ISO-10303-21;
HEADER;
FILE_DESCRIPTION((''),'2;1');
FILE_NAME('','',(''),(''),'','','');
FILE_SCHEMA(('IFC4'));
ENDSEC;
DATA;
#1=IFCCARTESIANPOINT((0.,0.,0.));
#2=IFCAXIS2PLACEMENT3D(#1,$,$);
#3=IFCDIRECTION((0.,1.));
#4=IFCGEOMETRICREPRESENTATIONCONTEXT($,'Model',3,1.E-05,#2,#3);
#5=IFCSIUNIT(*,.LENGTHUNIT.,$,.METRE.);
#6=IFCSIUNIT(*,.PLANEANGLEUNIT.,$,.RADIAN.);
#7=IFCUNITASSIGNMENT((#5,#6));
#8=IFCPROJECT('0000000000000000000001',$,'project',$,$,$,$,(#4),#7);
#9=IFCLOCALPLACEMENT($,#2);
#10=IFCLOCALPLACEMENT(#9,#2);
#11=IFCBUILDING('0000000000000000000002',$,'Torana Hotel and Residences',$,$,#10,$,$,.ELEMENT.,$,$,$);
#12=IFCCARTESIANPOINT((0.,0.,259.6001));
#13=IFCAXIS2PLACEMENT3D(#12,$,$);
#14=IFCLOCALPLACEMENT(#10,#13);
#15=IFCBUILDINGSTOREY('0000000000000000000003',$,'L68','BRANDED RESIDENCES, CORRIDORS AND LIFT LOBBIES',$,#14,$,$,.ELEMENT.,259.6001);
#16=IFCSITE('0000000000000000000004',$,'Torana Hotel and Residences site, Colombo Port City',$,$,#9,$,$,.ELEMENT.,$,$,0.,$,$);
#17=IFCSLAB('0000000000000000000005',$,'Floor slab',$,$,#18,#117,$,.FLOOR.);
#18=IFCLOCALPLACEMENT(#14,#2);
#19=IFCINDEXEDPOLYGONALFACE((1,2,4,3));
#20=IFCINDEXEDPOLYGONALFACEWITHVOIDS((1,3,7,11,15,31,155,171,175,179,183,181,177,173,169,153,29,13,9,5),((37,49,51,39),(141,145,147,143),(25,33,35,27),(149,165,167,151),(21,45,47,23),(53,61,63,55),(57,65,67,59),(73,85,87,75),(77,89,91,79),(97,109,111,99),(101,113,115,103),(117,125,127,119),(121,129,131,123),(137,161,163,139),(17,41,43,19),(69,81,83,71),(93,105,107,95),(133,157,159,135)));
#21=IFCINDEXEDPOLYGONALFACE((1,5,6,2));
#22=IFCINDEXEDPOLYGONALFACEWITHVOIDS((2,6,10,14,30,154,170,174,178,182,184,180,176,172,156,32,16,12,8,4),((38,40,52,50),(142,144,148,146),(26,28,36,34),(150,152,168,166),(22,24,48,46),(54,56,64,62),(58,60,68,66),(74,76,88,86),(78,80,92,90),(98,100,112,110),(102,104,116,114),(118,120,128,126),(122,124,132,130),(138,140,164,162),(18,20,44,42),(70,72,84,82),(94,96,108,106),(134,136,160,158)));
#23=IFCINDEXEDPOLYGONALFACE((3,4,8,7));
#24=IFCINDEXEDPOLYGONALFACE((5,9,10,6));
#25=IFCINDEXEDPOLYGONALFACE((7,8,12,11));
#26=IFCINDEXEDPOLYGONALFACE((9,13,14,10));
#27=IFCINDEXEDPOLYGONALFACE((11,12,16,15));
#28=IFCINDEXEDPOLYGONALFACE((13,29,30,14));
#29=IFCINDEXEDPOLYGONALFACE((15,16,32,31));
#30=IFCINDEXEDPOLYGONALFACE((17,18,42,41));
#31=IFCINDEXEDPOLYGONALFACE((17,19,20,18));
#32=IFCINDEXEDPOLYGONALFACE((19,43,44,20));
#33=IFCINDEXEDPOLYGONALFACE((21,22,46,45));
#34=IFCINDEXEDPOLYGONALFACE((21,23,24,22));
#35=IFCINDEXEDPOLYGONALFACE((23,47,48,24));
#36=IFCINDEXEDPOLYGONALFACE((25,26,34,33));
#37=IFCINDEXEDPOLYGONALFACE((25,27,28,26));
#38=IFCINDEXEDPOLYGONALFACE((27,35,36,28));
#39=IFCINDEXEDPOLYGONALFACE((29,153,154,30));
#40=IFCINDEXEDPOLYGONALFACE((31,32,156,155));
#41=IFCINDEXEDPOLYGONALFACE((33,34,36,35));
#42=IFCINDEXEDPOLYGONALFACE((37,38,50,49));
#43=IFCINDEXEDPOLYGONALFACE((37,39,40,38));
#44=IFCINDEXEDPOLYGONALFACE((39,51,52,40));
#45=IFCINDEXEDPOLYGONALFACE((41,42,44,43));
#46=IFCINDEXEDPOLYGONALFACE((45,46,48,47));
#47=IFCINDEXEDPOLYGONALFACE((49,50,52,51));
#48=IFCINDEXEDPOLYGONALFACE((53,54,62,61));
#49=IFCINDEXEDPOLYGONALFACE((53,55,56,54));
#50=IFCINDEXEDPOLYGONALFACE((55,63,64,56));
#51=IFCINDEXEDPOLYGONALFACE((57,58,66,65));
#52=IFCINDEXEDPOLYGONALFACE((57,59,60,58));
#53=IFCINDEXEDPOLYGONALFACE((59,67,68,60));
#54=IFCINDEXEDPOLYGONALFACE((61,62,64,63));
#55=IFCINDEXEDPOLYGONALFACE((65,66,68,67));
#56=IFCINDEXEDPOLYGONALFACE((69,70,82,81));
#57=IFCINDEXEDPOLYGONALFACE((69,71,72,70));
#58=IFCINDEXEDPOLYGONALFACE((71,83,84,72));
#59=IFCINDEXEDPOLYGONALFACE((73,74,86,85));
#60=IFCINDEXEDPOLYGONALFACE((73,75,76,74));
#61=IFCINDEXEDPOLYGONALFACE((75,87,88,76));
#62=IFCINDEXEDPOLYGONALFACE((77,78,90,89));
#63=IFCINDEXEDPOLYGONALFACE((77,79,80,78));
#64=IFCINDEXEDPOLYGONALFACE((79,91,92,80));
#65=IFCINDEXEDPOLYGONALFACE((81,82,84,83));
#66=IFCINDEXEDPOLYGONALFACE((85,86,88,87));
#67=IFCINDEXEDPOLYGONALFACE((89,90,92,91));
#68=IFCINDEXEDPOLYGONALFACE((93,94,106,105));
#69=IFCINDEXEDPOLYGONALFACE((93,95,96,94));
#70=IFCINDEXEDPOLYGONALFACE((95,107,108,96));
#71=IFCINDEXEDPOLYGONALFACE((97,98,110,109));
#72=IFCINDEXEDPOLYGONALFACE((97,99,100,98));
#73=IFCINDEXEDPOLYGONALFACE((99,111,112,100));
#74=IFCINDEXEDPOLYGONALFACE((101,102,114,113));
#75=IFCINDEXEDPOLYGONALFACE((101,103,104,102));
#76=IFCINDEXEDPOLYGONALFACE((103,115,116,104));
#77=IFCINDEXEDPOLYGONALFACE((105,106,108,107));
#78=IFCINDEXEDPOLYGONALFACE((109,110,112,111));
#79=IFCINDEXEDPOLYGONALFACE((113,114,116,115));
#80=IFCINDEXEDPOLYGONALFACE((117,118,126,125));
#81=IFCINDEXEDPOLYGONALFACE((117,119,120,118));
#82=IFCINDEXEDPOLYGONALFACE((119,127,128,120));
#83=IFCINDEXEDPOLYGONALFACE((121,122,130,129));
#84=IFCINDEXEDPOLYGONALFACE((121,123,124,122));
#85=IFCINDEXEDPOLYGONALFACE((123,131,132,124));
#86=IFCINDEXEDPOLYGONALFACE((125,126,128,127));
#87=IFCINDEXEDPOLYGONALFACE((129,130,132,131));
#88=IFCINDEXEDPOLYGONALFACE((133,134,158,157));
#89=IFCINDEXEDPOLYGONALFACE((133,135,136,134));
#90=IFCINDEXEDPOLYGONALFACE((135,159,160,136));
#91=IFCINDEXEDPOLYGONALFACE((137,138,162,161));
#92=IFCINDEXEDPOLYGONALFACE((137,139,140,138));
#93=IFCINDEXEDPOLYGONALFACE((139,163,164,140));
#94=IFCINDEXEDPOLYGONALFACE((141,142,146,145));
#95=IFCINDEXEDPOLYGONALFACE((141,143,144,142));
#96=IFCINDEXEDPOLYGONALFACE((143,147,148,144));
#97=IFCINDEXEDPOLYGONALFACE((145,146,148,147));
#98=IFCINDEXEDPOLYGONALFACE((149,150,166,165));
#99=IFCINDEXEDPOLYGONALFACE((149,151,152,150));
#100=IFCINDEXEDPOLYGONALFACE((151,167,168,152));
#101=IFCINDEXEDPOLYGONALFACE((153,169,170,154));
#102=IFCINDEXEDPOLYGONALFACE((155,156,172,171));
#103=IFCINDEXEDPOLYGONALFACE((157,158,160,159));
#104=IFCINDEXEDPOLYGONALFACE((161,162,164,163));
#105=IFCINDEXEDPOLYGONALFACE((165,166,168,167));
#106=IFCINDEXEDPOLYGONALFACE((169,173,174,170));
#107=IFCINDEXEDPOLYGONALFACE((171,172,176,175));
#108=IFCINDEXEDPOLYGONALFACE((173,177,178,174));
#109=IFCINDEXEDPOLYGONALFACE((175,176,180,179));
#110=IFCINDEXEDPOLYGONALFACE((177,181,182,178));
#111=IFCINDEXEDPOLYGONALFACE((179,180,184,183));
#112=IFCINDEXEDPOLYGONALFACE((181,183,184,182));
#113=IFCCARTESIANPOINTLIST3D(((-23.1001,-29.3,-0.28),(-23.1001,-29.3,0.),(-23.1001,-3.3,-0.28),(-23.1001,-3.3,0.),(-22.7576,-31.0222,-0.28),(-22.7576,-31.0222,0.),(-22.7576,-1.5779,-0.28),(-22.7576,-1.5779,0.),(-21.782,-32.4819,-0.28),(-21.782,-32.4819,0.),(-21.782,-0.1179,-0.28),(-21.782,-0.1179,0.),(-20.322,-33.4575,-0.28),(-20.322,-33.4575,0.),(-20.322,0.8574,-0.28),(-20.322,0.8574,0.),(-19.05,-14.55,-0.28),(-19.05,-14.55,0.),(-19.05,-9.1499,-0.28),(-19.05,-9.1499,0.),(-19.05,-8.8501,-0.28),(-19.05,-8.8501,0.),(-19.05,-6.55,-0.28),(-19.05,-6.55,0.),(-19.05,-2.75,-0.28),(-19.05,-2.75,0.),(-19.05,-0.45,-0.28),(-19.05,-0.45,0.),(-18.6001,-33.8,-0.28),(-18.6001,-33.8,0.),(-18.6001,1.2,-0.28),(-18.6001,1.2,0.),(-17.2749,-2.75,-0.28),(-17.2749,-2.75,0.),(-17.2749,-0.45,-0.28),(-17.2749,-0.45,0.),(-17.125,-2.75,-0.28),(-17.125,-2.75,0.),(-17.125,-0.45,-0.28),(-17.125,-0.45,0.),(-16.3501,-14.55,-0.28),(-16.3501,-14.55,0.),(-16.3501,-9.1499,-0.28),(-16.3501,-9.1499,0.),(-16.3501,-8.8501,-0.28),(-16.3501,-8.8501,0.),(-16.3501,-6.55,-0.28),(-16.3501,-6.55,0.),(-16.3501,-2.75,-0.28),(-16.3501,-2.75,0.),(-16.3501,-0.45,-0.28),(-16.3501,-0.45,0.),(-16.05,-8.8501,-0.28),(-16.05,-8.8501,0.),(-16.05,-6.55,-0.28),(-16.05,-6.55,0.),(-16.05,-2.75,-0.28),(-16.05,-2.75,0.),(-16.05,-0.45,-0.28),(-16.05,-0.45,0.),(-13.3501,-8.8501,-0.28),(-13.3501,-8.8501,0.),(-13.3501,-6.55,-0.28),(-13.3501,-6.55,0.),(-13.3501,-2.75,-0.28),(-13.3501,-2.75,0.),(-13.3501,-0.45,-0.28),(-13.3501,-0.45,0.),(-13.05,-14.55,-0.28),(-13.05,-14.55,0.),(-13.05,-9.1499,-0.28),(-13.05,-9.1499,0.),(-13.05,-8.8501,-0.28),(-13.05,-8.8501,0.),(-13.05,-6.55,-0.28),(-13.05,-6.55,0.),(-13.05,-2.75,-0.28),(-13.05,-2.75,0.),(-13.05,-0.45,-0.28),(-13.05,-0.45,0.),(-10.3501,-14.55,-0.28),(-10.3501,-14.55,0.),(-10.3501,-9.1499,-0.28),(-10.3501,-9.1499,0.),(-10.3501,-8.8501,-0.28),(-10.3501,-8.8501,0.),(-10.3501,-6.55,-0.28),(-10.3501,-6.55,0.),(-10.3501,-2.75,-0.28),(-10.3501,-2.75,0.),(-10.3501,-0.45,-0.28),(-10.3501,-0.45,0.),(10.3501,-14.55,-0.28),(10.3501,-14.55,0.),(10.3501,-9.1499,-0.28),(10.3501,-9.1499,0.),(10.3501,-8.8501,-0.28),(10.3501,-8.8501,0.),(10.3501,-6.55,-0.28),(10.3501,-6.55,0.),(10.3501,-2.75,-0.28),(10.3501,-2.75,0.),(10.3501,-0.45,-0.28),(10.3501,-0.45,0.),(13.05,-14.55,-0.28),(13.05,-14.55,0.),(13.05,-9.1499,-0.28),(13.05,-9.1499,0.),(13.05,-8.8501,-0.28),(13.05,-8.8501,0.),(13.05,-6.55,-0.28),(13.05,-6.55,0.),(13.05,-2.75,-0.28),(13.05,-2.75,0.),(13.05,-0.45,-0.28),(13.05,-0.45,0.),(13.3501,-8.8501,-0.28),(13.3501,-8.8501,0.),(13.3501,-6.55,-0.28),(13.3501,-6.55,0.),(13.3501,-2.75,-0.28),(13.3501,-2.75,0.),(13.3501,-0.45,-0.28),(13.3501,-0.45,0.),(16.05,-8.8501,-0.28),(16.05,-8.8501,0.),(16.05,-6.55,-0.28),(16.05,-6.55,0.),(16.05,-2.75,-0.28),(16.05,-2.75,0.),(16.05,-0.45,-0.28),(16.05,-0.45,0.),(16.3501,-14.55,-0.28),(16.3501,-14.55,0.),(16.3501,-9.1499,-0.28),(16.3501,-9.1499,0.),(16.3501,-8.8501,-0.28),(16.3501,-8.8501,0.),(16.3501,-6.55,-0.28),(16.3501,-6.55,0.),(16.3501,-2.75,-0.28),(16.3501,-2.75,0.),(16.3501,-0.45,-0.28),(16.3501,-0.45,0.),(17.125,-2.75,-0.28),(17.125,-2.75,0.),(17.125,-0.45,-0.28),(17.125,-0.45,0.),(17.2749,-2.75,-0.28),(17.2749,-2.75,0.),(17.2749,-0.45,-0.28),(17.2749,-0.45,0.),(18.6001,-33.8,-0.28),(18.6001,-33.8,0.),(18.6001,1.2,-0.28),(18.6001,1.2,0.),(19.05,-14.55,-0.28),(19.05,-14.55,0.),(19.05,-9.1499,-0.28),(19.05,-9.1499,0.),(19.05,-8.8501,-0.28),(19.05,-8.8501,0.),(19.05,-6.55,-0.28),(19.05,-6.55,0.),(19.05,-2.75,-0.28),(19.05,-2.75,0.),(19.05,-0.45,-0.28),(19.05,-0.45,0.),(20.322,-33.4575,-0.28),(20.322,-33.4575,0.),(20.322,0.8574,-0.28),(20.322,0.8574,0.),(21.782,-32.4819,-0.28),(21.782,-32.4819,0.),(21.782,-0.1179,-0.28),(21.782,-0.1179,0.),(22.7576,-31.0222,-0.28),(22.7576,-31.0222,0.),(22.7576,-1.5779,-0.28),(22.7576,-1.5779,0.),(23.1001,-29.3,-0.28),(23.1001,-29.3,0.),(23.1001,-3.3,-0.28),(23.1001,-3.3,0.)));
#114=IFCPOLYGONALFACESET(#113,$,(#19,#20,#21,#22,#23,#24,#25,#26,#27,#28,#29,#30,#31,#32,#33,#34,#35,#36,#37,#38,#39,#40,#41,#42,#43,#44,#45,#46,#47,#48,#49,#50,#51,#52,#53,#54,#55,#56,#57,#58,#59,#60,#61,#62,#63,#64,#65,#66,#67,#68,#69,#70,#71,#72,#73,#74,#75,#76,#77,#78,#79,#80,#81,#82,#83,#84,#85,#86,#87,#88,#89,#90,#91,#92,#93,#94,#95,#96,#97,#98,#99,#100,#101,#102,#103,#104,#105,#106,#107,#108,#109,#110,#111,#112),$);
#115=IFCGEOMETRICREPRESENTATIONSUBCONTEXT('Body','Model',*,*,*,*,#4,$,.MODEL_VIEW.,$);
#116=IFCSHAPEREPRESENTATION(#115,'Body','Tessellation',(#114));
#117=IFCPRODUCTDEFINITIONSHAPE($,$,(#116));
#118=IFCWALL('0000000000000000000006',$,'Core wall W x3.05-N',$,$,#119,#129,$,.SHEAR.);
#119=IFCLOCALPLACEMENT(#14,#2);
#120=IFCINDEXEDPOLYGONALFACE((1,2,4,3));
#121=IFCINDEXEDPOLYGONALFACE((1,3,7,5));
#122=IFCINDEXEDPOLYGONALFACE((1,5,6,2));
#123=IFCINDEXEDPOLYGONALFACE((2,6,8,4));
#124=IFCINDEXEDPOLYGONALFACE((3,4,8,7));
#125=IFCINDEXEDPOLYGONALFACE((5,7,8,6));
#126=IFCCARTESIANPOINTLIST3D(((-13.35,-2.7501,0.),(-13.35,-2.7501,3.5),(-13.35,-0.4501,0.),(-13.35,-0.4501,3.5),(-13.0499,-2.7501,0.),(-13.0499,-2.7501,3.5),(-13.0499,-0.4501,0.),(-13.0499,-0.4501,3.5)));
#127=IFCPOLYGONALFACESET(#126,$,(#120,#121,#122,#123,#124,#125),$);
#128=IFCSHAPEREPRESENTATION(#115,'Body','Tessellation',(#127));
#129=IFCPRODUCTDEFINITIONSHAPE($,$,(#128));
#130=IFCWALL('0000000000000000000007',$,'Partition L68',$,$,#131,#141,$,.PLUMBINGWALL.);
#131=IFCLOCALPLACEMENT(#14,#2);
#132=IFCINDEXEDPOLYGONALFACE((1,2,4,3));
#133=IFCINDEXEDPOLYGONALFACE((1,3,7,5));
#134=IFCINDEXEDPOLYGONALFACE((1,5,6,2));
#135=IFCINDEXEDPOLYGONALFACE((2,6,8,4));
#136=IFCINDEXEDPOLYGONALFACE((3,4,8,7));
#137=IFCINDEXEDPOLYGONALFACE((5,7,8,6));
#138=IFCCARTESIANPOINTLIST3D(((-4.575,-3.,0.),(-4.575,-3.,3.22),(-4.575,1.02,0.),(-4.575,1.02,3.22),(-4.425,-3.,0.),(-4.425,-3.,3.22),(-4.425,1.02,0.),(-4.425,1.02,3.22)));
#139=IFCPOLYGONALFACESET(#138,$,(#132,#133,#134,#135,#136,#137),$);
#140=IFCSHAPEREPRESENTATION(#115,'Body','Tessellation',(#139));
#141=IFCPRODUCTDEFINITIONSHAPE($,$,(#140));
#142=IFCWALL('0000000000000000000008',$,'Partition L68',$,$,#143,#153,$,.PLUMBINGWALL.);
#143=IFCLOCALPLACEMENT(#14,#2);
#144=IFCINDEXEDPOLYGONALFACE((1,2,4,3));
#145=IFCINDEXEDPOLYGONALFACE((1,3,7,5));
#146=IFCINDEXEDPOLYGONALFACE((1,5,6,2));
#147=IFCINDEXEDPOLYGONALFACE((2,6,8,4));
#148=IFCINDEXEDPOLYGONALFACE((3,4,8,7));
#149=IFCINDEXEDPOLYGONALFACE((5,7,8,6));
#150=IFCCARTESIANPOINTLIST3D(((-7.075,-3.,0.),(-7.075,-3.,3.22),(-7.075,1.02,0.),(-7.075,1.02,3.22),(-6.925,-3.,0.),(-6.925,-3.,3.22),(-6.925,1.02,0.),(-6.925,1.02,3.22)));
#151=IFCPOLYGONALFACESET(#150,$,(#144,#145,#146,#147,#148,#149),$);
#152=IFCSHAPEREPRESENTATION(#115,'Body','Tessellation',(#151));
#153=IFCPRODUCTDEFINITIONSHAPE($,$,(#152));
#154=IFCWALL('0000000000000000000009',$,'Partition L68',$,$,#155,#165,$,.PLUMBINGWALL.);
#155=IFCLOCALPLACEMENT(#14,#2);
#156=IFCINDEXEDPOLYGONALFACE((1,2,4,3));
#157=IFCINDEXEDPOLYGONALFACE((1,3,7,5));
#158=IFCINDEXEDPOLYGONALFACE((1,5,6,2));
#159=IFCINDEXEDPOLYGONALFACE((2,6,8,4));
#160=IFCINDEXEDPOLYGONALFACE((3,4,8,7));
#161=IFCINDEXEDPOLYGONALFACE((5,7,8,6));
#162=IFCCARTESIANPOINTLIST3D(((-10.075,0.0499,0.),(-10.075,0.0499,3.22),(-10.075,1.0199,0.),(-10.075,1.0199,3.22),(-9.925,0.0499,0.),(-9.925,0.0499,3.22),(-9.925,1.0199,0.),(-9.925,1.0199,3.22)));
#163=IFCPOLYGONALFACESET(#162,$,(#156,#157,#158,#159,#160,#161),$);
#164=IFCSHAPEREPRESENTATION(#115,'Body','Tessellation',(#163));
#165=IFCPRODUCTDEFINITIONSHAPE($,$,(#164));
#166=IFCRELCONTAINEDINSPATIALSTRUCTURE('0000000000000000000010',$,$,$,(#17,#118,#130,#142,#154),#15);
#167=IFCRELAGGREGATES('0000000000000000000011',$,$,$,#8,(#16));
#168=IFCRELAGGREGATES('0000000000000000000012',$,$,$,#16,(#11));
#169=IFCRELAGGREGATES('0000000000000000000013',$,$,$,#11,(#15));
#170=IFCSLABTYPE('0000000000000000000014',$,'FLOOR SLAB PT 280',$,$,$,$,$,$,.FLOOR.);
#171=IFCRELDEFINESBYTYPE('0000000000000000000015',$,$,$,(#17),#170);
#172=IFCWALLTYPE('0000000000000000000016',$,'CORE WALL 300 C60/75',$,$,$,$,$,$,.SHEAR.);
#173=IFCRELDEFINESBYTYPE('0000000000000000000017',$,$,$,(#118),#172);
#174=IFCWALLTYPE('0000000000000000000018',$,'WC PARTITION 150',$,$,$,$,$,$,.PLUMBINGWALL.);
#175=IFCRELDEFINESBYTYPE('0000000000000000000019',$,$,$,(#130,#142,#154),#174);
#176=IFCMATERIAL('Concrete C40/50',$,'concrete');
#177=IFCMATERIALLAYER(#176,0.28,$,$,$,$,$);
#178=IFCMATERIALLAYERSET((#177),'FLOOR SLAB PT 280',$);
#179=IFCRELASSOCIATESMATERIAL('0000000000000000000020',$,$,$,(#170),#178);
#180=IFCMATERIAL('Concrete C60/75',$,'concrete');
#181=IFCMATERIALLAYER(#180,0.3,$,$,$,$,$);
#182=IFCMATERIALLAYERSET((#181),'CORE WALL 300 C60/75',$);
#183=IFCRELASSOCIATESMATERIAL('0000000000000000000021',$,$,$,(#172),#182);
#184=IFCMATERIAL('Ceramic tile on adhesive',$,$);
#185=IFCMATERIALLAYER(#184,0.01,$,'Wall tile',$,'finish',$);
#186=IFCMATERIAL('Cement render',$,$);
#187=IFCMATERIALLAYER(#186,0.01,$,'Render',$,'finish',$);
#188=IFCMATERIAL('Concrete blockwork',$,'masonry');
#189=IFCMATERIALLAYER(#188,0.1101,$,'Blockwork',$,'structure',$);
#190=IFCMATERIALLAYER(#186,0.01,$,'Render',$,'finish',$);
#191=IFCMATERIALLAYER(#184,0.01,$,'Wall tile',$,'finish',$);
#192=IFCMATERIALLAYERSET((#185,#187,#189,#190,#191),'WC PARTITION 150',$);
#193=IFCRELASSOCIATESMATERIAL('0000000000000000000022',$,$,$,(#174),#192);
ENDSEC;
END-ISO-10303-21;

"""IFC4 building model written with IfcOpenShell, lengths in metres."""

from ifc_helpers import new_model, si_unit, direction, frame, frame_2d, origin, place, context, subcontext, project, spatial, polyline, rectangle, outline, extrude, material, layer, layer_set, type_object, element, save


model = new_model("IFC4")

# Units and contexts
model_context = context("Model", 3, precision=1e-05, world=origin(), true_north=direction((0.0, 1.0)))
body_context = subcontext(model_context, "Body", "Model", "MODEL_VIEW")
ifc_project = project(units=[si_unit("LENGTHUNIT", "METRE"), si_unit("PLANEANGLEUNIT", "RADIAN")], contexts=[model_context])

# Site, building, storey
site_placement = place(None, origin())
site = spatial("IfcSite", under=ifc_project, at=site_placement, Name="Torana Hotel and Residences site, Colombo Port City", CompositionType="ELEMENT", RefElevation=0.0)
building_placement = place(site_placement, origin())
building = spatial("IfcBuilding", under=site, at=building_placement, Name="Torana Hotel and Residences", CompositionType="ELEMENT")
storey_placement = place(building_placement, frame((0.0, 0.0, 259.6001)))
storey = spatial("IfcBuildingStorey", under=building, at=storey_placement, Name="L68", Description="BRANDED RESIDENCES, CORRIDORS AND LIFT LOBBIES", CompositionType="ELEMENT", Elevation=259.6001)

# Slab
ifc_material_1 = material(Name="Concrete C40/50", Category="concrete")
ifc_layer_1 = layer(ifc_material_1, 0.28)
ifc_layer_set_1 = layer_set([ifc_layer_1], Name="FLOOR SLAB PT 280")
slab_type_1 = type_object("IfcSlabType", Name="FLOOR SLAB PT 280", PredefinedType="FLOOR", material=ifc_layer_set_1)
slab_1_placement = place(storey_placement, frame((0.0, 0.0, -0.28)))
element("IfcSlab", 1, at=slab_1_placement, inside=storey, type_object=slab_type_1, Name="Floor slab", PredefinedType="FLOOR", context=body_context, shape_type="SweptSolid", body=[
    extrude(outline(polyline([(23.1001, -3.3), (22.7576, -1.5779), (21.782, -0.1179), (20.322, 0.8574), (18.6001, 1.2), (-18.6001, 1.2), (-20.322, 0.8574), (-21.782, -0.1179), (-22.7576, -1.5779), (-23.1001, -3.3), (-23.1001, -29.3), (-22.7576, -31.0222), (-21.782, -32.4819), (-20.322, -33.4575), (-18.6001, -33.8), (18.6001, -33.8), (20.322, -33.4575), (21.782, -32.4819), (22.7576, -31.0222), (23.1001, -29.3), (23.1001, -3.3)]), holes=[polyline([(-13.05, -14.55), (-10.3501, -14.55), (-10.3501, -9.1499), (-13.05, -9.1499), (-13.05, -14.55)]), polyline([(-19.05, -14.55), (-16.3501, -14.55), (-16.3501, -9.1499), (-19.05, -9.1499), (-19.05, -14.55)]), polyline([(-17.125, -2.75), (-16.3501, -2.75), (-16.3501, -0.45), (-17.125, -0.45), (-17.125, -2.75)]), polyline([(-19.05, -2.75), (-17.2749, -2.75), (-17.2749, -0.45), (-19.05, -0.45), (-19.05, -2.75)]), polyline([(-13.05, -2.75), (-10.3501, -2.75), (-10.3501, -0.45), (-13.05, -0.45), (-13.05, -2.75)]), polyline([(-16.05, -2.75), (-13.3501, -2.75), (-13.3501, -0.45), (-16.05, -0.45), (-16.05, -2.75)]), polyline([(-13.05, -8.8501), (-10.3501, -8.8501), (-10.3501, -6.55), (-13.05, -6.55), (-13.05, -8.8501)]), polyline([(-16.05, -8.8501), (-13.3501, -8.8501), (-13.3501, -6.55), (-16.05, -6.55), (-16.05, -8.8501)]), polyline([(-19.05, -8.8501), (-16.3501, -8.8501), (-16.3501, -6.55), (-19.05, -6.55), (-19.05, -8.8501)]), polyline([(10.3501, -14.55), (13.05, -14.55), (13.05, -9.1499), (10.3501, -9.1499), (10.3501, -14.55)]), polyline([(16.3501, -14.55), (19.05, -14.55), (19.05, -9.1499), (16.3501, -9.1499), (16.3501, -14.55)]), polyline([(16.3501, -2.75), (17.125, -2.75), (17.125, -0.45), (16.3501, -0.45), (16.3501, -2.75)]), polyline([(17.2749, -2.75), (19.05, -2.75), (19.05, -0.45), (17.2749, -0.45), (17.2749, -2.75)]), polyline([(10.3501, -2.75), (13.05, -2.75), (13.05, -0.45), (10.3501, -0.45), (10.3501, -2.75)]), polyline([(13.3501, -2.75), (16.05, -2.75), (16.05, -0.45), (13.3501, -0.45), (13.3501, -2.75)]), polyline([(10.3501, -8.8501), (13.05, -8.8501), (13.05, -6.55), (10.3501, -6.55), (10.3501, -8.8501)]), polyline([(13.3501, -8.8501), (16.05, -8.8501), (16.05, -6.55), (13.3501, -6.55), (13.3501, -8.8501)]), polyline([(16.3501, -8.8501), (19.05, -8.8501), (19.05, -6.55), (16.3501, -6.55), (16.3501, -8.8501)])]), origin(), (0.0, 0.0, 1.0), 0.28),
])

# Walls
ifc_material_2 = material(Name="Concrete C60/75", Category="concrete")
ifc_layer_2 = layer(ifc_material_2, 0.3)
ifc_layer_set_2 = layer_set([ifc_layer_2], Name="CORE WALL 300 C60/75")
wall_type_1 = type_object("IfcWallType", Name="CORE WALL 300 C60/75", PredefinedType="SHEAR", material=ifc_layer_set_2)
wall_1_placement = place(storey_placement, frame((-13.2, -2.75, 0.0), z_axis=(0.0, 0.0, 1.0), x_axis=(0.0, 1.0, 0.0)))
element("IfcWall", 2, at=wall_1_placement, inside=storey, type_object=wall_type_1, Name="Core wall W x3.05-N", PredefinedType="SHEAR", context=body_context, shape_type="SweptSolid", body=[
    extrude(rectangle(XDim=2.3, YDim=0.3, at=frame_2d((1.1499, 0.0))), origin(), (0.0, 0.0, 1.0), 3.5),
])
ifc_material_3 = material(Name="Ceramic tile on adhesive")
ifc_layer_3 = layer(ifc_material_3, 0.01, Name="Wall tile", Category="finish")
ifc_material_4 = material(Name="Cement render")
ifc_layer_4 = layer(ifc_material_4, 0.01, Name="Render", Category="finish")
ifc_material_5 = material(Name="Concrete blockwork", Category="masonry")
ifc_layer_5 = layer(ifc_material_5, 0.1101, Name="Blockwork", Category="structure")
ifc_layer_6 = layer(ifc_material_4, 0.01, Name="Render", Category="finish")
ifc_layer_7 = layer(ifc_material_3, 0.01, Name="Wall tile", Category="finish")
ifc_layer_set_3 = layer_set([ifc_layer_3, ifc_layer_4, ifc_layer_5, ifc_layer_6, ifc_layer_7], Name="WC PARTITION 150")
wall_type_2 = type_object("IfcWallType", Name="WC PARTITION 150", PredefinedType="PLUMBINGWALL", material=ifc_layer_set_3)
for number, where, z_axis, x_axis, name in (
    (3, (-4.5, -3.0, 0.0), (0.0, 0.0, 1.0), (0.0, 1.0, 0.0), "Partition L68"),
    (4, (-7.0, -3.0, 0.0), (0.0, 0.0, 1.0), (0.0, 1.0, 0.0), "Partition L68"),
):
    element("IfcWall", number, at=place(storey_placement, frame(where, z_axis=z_axis, x_axis=x_axis)), inside=storey, type_object=wall_type_2, Name=name, PredefinedType="PLUMBINGWALL", context=body_context, shape_type="SweptSolid", body=[
        extrude(rectangle(XDim=4.02, YDim=0.1499, at=frame_2d((2.01, 0.0))), origin(), (0.0, 0.0, 1.0), 3.22),
    ])
wall_2_placement = place(storey_placement, frame((-10.0, 0.05, 0.0), z_axis=(0.0, 0.0, 1.0), x_axis=(0.0, 1.0, 0.0)))
element("IfcWall", 5, at=wall_2_placement, inside=storey, type_object=wall_type_2, Name="Partition L68", PredefinedType="PLUMBINGWALL", context=body_context, shape_type="SweptSolid", body=[
    extrude(rectangle(XDim=0.97, YDim=0.1499, at=frame_2d((0.4849, 0.0))), origin(), (0.0, 0.0, 1.0), 3.22),
])

save(model, "model.ifc")
